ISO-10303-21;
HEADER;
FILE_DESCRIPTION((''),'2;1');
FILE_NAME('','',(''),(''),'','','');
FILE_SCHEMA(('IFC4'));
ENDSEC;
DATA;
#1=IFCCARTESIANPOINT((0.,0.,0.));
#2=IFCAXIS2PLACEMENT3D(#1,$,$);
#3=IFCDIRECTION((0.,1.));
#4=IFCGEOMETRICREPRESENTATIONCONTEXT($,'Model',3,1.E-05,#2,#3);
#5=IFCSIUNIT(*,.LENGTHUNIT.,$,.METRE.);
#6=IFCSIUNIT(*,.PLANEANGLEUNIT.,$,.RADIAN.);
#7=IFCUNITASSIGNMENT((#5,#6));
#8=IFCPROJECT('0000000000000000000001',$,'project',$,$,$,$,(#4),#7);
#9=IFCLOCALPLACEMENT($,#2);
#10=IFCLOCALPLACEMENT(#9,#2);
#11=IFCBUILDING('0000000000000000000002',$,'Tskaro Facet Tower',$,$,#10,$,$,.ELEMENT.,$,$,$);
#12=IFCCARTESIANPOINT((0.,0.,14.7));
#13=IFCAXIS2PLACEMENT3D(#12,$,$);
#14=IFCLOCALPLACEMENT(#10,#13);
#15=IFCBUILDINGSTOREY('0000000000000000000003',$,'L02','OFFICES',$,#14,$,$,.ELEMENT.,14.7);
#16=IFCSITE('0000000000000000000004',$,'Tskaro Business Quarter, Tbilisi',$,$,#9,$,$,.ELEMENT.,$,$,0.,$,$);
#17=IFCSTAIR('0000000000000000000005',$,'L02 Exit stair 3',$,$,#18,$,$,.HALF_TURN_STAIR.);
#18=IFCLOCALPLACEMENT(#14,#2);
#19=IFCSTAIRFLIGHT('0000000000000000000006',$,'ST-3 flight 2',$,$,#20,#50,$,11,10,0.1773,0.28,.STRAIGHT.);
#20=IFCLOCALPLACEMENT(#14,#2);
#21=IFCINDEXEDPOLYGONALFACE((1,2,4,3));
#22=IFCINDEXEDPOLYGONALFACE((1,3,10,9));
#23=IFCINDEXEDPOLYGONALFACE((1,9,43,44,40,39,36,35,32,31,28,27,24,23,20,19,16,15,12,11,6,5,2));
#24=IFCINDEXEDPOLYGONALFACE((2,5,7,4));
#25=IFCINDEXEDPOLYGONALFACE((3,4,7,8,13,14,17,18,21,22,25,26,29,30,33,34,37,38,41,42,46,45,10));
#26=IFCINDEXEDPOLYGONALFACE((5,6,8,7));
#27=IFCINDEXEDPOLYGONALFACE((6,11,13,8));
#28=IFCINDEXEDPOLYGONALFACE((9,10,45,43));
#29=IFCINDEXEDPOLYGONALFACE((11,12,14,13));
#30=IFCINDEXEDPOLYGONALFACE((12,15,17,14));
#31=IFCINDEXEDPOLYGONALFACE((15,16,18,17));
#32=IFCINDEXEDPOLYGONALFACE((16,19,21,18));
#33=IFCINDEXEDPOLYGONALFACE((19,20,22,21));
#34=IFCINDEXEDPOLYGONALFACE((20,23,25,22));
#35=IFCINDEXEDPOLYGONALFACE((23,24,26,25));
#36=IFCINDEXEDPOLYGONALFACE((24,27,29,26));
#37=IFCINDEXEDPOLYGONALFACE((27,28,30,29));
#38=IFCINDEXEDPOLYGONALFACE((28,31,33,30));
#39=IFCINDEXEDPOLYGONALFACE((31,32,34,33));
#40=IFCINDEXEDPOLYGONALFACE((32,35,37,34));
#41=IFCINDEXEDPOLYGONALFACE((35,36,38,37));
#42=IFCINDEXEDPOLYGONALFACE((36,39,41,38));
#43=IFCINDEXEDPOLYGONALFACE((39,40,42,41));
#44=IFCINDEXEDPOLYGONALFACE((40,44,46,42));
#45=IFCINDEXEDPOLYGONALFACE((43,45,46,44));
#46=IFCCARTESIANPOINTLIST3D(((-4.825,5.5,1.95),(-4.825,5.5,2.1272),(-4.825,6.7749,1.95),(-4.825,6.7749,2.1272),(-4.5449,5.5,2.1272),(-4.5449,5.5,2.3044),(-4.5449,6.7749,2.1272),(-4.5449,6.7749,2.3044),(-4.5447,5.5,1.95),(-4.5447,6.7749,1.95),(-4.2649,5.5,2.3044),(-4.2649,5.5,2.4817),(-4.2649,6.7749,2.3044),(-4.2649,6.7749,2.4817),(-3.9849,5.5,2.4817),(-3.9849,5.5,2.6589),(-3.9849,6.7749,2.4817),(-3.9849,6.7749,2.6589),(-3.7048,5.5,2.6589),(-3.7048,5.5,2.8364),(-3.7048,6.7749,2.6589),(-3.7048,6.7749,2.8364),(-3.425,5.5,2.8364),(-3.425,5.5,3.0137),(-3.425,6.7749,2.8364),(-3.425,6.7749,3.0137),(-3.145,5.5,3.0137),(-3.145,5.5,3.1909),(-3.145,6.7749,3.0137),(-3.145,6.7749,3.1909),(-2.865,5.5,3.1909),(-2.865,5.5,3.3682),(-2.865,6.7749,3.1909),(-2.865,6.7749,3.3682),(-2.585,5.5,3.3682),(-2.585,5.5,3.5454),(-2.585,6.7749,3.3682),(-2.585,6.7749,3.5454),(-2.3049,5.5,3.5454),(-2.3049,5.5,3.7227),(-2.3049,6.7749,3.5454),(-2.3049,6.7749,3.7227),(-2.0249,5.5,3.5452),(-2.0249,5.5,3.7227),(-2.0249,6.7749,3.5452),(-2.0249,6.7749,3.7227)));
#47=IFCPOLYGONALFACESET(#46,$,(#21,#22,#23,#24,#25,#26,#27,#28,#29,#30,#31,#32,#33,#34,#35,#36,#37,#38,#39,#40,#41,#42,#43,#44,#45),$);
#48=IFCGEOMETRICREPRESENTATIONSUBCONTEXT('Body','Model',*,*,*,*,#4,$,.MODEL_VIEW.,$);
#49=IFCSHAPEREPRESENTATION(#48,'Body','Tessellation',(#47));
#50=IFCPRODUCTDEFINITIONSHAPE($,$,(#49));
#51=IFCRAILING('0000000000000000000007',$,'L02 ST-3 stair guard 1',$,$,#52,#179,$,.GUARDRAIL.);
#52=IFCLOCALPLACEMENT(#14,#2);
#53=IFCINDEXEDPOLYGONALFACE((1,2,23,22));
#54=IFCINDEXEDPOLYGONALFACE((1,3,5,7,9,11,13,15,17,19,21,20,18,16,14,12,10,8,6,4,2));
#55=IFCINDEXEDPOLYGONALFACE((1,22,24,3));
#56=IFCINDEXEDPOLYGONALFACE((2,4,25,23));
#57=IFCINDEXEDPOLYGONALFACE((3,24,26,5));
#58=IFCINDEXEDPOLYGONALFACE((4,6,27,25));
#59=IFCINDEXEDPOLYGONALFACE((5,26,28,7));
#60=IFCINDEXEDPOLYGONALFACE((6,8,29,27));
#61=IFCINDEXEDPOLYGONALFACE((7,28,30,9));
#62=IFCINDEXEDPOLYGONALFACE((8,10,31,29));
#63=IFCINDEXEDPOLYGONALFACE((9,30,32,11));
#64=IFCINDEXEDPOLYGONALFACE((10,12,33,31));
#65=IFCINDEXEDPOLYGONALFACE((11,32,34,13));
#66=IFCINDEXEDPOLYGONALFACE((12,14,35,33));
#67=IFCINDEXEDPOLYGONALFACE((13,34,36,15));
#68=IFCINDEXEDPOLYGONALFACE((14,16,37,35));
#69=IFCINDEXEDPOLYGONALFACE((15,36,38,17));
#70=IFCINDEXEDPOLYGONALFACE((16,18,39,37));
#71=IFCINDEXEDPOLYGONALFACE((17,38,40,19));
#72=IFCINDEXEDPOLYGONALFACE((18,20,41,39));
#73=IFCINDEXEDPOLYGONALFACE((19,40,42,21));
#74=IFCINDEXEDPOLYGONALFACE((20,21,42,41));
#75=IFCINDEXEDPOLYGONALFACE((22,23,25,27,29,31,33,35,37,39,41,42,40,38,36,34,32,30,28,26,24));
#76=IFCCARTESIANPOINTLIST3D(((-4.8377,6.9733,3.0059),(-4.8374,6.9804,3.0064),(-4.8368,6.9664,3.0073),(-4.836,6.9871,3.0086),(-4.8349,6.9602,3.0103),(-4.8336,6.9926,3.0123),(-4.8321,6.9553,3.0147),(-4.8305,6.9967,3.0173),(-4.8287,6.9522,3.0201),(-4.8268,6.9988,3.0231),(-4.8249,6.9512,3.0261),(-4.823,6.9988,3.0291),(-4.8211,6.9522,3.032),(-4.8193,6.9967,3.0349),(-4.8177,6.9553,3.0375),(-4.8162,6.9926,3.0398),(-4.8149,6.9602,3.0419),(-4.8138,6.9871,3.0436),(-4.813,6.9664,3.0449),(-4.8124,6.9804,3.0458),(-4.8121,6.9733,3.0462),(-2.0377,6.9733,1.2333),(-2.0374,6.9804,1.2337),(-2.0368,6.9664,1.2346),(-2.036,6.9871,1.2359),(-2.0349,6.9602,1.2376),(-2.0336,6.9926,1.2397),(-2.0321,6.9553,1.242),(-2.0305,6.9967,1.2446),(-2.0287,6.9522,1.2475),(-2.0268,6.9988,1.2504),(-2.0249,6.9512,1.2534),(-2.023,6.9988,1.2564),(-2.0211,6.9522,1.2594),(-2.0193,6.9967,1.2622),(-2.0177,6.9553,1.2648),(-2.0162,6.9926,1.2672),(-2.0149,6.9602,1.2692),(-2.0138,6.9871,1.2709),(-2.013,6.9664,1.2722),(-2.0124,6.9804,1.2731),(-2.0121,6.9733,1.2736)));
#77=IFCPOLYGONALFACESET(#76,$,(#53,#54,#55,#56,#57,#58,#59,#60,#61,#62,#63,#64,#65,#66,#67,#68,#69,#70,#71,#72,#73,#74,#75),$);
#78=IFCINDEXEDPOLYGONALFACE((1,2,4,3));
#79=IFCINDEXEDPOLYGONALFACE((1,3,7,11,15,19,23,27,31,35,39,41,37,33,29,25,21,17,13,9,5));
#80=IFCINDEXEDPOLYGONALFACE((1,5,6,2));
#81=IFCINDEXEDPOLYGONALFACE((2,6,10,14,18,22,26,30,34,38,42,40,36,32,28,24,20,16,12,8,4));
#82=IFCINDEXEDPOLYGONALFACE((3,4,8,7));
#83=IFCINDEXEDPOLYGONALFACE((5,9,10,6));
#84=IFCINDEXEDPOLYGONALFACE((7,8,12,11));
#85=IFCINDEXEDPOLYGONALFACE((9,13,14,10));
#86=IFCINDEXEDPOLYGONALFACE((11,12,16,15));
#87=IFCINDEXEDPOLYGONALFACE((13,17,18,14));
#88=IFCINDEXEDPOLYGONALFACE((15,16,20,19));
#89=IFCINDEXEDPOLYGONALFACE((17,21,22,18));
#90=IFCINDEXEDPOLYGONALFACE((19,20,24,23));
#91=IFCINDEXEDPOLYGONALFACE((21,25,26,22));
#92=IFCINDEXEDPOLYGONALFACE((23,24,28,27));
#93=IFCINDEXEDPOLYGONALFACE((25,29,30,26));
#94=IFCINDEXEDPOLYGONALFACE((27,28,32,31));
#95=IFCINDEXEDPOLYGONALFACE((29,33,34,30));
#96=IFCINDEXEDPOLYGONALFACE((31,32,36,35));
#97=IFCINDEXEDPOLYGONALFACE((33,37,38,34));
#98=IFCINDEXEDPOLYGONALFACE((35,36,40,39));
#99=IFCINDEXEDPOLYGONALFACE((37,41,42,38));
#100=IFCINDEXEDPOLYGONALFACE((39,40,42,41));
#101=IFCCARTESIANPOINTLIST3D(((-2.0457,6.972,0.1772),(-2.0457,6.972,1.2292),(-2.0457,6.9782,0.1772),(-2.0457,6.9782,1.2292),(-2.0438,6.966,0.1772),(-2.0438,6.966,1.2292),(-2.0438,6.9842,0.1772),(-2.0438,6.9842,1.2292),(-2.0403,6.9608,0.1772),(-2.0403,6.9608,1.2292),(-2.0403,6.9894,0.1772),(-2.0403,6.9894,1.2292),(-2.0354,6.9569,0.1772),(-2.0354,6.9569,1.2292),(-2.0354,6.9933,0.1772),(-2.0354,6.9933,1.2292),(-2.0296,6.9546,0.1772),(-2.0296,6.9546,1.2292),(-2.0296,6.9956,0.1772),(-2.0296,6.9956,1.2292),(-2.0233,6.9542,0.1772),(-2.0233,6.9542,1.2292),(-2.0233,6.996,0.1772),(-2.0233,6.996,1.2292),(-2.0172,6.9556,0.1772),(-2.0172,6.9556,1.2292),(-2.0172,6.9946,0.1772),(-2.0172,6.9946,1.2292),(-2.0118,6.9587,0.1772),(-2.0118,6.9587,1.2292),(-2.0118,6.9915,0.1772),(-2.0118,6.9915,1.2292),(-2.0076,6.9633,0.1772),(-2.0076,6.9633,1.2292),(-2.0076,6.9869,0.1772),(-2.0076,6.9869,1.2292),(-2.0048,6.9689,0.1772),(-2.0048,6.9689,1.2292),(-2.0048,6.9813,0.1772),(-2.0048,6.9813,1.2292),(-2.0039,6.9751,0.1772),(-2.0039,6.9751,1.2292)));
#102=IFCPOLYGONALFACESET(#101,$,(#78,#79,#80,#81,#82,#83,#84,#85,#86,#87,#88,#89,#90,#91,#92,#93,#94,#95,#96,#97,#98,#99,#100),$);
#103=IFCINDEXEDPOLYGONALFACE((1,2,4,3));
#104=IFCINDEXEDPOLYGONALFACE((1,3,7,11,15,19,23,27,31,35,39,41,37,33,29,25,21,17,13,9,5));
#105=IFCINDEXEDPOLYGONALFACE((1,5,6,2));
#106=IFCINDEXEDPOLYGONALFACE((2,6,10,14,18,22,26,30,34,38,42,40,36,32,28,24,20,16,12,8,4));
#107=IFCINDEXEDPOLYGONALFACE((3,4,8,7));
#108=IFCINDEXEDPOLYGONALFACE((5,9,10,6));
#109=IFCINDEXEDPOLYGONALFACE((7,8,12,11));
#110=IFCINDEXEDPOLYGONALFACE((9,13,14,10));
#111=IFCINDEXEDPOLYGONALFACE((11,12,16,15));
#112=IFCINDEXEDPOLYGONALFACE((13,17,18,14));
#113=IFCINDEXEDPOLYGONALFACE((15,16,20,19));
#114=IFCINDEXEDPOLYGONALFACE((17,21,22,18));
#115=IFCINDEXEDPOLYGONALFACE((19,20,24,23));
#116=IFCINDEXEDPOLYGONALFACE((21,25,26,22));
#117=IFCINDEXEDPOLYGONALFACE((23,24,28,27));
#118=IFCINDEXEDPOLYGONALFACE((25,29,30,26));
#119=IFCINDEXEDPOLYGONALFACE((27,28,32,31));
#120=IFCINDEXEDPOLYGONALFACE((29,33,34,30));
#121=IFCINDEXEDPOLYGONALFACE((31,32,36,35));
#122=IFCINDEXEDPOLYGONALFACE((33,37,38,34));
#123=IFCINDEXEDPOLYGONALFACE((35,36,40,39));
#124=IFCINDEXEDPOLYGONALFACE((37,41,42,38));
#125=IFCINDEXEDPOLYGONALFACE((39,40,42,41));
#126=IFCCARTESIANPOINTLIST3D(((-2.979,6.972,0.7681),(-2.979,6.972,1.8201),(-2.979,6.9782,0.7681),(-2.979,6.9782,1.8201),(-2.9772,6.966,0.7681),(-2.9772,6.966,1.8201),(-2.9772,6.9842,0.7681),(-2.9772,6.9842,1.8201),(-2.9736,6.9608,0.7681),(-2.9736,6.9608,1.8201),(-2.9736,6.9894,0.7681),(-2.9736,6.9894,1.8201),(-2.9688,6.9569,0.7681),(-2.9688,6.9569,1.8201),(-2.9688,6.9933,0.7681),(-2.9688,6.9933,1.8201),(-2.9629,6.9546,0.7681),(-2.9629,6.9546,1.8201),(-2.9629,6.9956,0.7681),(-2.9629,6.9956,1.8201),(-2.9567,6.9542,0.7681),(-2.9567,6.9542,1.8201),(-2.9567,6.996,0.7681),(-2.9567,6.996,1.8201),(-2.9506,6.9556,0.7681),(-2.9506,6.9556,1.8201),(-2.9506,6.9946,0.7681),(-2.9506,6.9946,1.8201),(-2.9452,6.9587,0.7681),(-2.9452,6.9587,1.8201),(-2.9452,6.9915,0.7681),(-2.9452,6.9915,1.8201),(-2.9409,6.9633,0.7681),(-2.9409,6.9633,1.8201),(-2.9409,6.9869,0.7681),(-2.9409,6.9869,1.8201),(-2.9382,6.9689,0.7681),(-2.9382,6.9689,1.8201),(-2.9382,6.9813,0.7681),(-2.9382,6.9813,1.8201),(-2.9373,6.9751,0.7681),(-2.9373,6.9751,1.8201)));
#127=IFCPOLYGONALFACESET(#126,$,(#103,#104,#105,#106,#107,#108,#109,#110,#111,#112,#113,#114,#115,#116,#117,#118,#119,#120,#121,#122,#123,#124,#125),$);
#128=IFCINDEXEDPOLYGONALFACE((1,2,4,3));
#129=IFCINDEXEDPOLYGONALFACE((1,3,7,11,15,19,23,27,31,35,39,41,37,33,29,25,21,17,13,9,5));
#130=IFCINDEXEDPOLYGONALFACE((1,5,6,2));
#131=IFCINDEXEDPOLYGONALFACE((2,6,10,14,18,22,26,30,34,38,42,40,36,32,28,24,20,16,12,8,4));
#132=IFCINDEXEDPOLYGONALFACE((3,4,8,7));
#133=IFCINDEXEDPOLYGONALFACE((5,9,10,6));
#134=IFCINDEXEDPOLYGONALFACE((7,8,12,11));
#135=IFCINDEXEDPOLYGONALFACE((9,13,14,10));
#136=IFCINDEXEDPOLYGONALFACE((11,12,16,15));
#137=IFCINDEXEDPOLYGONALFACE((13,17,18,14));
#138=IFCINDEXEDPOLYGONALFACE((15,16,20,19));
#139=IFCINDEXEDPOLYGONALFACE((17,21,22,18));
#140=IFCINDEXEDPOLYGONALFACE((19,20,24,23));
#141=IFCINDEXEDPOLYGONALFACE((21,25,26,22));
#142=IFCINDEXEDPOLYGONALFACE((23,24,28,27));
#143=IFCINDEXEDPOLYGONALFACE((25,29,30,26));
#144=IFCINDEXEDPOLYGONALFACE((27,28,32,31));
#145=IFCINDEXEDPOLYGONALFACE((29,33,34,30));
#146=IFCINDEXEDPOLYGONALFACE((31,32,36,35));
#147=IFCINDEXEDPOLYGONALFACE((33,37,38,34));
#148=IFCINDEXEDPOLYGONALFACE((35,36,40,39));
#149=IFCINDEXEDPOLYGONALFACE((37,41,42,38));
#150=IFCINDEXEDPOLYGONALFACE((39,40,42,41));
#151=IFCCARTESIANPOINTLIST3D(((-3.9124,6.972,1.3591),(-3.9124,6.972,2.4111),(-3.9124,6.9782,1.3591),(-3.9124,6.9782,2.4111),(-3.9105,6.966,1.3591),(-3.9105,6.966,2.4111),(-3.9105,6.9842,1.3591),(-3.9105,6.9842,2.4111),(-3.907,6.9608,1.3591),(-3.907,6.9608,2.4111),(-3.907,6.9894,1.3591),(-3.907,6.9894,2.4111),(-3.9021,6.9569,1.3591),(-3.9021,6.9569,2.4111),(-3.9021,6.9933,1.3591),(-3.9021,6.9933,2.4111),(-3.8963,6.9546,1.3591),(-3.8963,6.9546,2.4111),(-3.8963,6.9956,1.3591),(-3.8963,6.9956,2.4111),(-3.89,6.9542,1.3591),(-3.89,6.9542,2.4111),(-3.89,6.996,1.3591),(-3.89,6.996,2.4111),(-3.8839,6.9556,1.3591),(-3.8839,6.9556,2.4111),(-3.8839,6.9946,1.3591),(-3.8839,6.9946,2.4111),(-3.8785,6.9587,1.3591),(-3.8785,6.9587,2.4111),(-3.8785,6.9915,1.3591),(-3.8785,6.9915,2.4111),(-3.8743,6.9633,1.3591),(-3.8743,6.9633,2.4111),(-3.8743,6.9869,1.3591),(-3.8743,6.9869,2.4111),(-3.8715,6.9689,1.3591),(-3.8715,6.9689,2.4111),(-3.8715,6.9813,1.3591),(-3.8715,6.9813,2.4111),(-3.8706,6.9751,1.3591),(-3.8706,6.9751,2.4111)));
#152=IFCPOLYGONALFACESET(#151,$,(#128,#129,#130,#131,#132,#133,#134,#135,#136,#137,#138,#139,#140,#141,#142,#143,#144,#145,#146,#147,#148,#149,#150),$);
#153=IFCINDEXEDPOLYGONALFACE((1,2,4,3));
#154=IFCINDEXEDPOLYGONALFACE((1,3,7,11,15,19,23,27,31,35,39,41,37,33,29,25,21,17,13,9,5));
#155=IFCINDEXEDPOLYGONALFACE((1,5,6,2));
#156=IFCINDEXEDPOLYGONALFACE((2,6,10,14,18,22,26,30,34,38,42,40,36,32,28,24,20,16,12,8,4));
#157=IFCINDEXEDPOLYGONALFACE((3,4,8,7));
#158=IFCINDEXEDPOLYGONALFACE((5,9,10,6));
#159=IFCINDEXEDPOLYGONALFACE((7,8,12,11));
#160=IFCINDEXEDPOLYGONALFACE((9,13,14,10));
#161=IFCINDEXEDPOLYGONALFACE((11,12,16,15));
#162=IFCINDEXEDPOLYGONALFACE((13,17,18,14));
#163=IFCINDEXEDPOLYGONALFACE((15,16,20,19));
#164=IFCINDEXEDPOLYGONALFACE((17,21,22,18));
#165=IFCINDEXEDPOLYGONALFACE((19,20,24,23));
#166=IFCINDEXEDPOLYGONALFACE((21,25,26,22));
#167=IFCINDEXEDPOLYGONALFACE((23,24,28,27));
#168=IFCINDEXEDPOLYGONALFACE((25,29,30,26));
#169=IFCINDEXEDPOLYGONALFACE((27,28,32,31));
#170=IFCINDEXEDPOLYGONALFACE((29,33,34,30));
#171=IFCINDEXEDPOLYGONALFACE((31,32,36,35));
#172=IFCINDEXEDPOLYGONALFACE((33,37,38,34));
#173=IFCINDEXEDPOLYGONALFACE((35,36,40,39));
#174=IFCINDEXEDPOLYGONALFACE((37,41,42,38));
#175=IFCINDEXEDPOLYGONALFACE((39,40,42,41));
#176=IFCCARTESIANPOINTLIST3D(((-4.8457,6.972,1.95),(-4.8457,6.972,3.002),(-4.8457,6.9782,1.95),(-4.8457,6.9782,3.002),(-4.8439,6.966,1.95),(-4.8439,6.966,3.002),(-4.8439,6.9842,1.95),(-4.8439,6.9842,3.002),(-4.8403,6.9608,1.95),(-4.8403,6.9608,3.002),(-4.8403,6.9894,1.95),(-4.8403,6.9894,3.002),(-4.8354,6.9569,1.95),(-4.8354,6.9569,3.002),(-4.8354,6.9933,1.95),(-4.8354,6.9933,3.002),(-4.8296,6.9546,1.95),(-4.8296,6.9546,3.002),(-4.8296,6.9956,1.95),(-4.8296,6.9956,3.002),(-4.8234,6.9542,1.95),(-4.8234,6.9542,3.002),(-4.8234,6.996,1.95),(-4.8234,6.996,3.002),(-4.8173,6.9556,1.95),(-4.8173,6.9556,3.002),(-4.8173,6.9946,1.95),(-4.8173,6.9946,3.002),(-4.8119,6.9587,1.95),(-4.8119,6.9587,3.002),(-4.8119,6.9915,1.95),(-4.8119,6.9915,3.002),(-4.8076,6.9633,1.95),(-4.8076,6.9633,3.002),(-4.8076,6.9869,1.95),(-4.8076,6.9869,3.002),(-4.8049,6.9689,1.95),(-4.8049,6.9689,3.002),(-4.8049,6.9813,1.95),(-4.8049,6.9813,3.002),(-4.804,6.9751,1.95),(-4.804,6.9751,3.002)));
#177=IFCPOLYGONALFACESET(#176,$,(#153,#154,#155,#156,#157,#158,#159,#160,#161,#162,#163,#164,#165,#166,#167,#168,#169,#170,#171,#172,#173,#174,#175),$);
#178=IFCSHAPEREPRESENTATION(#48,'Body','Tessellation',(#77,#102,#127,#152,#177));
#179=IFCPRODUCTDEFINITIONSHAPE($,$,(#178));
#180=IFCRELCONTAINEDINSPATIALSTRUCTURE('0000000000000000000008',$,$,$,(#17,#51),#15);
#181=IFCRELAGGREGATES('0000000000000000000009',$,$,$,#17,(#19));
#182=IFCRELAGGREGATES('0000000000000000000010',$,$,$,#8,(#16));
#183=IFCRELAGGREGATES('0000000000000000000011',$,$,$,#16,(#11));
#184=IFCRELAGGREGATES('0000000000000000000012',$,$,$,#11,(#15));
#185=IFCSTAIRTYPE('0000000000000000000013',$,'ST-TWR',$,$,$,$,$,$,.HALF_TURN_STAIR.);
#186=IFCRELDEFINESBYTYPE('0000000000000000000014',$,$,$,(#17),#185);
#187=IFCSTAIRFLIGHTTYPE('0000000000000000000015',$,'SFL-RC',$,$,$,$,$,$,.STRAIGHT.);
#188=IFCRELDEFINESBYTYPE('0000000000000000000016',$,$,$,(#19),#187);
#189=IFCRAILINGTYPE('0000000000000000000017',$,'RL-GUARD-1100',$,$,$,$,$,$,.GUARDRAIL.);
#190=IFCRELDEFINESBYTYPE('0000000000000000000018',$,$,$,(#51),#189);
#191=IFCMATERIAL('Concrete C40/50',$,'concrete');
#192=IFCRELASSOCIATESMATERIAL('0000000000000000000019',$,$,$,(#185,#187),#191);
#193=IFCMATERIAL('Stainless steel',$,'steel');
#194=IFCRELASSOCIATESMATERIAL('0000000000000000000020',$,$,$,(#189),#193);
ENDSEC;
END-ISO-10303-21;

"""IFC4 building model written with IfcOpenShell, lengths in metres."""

from ifc_helpers import new_model, si_unit, direction, frame, origin, origin_2d, place, context, subcontext, project, spatial, polyline, circle, outline, extrude, material, type_object, element, aggregate, save


model = new_model("IFC4")

# Units and contexts
model_context = context("Model", 3, precision=1e-05, world=origin(), true_north=direction((0.0, 1.0)))
body_context = subcontext(model_context, "Body", "Model", "MODEL_VIEW")
ifc_project = project(units=[si_unit("LENGTHUNIT", "METRE"), si_unit("PLANEANGLEUNIT", "RADIAN")], contexts=[model_context])

# Site, building, storey
site_placement = place(None, origin())
site = spatial("IfcSite", under=ifc_project, at=site_placement, Name="Tskaro Business Quarter, Tbilisi", CompositionType="ELEMENT", RefElevation=0.0)
building_placement = place(site_placement, origin())
building = spatial("IfcBuilding", under=site, at=building_placement, Name="Tskaro Facet Tower", CompositionType="ELEMENT")
storey_placement = place(building_placement, frame((0.0, 0.0, 14.7)))
storey = spatial("IfcBuildingStorey", under=building, at=storey_placement, Name="L02", Description="OFFICES", CompositionType="ELEMENT", Elevation=14.7)

# Stair, stair flight
ifc_material_1 = material(Name="Concrete C40/50", Category="concrete")
stair_type = type_object("IfcStairType", Name="ST-TWR", PredefinedType="HALF_TURN_STAIR", material=ifc_material_1)
stair_placement = place(storey_placement, origin())
stair = element("IfcStair", 1, at=stair_placement, inside=storey, type_object=stair_type, Name="L02 Exit stair 3", PredefinedType="HALF_TURN_STAIR")
stair_flight_type = type_object("IfcStairFlightType", Name="SFL-RC", PredefinedType="STRAIGHT", material=ifc_material_1)
stair_flight_1_placement = place(storey_placement, frame((-4.825, 6.1375, 1.95), z_axis=(0.0, 0.0, 1.0), x_axis=(1.0, 0.0, 0.0)))
stair_flight_1 = element("IfcStairFlight", 2, at=stair_flight_1_placement, type_object=stair_flight_type, Name="ST-3 flight 2", NumberOfRisers=11, NumberOfTreads=10, PredefinedType="STRAIGHT", RiserHeight=0.1773, TreadLength=0.28, context=body_context, shape_type="SweptSolid", body=[
    extrude(outline(polyline([(0.0, 0.0), (0.0, 0.1772), (0.28, 0.1772), (0.28, 0.3545), (0.5601, 0.3545), (0.5601, 0.5317), (0.8401, 0.5317), (0.8401, 0.709), (1.1201, 0.709), (1.1201, 0.8865), (1.3999, 0.8865), (1.3999, 1.0637), (1.6799, 1.0637), (1.6799, 1.241), (1.96, 1.241), (1.96, 1.4182), (2.24, 1.4182), (2.24, 1.5955), (2.52, 1.5955), (2.52, 1.7727), (2.8, 1.7727), (2.8, 1.95), (2.8, 1.5952), (0.2803, 0.0), (0.0, 0.0)])), frame((0.0, 0.6375, 0.0), z_axis=(0.0, -1.0, 0.0), x_axis=(1.0, 0.0, 0.0)), (0.0, 0.0, 1.0), 1.2749),
])
aggregate(stair, [stair_flight_1])

# Railing
ifc_material_2 = material(Name="Stainless steel", Category="steel")
railing_type_1 = type_object("IfcRailingType", Name="RL-GUARD-1100", PredefinedType="GUARDRAIL", material=ifc_material_2)
railing_1_placement = place(storey_placement, frame((-2.0249, 6.9751, 0.1772)))
element("IfcRailing", 3, at=railing_1_placement, inside=storey, type_object=railing_type_1, Name="L02 ST-3 stair guard 1", PredefinedType="GUARDRAIL", context=body_context, shape_type="SweptSolid", body=[
    extrude(circle(Radius=0.0239, at=origin_2d()), frame((0.0, 0.0, 1.0762), z_axis=(-0.844909, 0.0, 0.53491), x_axis=(0.0, -1.0, 0.0)), (0.0, 0.0, 1.0), 3.314),
    extrude(circle(Radius=0.021, at=origin_2d()), origin(), (0.0, 0.0, 1.0), 1.052),
    extrude(circle(Radius=0.021, at=origin_2d()), frame((-0.9333, 0.0, 0.5908)), (0.0, 0.0, 1.0), 1.052),
    extrude(circle(Radius=0.021, at=origin_2d()), frame((-1.8667, 0.0, 1.1819)), (0.0, 0.0, 1.0), 1.052),
    extrude(circle(Radius=0.021, at=origin_2d()), frame((-2.8, 0.0, 1.7727)), (0.0, 0.0, 1.0), 1.052),
])

save(model, "model.ifc")
